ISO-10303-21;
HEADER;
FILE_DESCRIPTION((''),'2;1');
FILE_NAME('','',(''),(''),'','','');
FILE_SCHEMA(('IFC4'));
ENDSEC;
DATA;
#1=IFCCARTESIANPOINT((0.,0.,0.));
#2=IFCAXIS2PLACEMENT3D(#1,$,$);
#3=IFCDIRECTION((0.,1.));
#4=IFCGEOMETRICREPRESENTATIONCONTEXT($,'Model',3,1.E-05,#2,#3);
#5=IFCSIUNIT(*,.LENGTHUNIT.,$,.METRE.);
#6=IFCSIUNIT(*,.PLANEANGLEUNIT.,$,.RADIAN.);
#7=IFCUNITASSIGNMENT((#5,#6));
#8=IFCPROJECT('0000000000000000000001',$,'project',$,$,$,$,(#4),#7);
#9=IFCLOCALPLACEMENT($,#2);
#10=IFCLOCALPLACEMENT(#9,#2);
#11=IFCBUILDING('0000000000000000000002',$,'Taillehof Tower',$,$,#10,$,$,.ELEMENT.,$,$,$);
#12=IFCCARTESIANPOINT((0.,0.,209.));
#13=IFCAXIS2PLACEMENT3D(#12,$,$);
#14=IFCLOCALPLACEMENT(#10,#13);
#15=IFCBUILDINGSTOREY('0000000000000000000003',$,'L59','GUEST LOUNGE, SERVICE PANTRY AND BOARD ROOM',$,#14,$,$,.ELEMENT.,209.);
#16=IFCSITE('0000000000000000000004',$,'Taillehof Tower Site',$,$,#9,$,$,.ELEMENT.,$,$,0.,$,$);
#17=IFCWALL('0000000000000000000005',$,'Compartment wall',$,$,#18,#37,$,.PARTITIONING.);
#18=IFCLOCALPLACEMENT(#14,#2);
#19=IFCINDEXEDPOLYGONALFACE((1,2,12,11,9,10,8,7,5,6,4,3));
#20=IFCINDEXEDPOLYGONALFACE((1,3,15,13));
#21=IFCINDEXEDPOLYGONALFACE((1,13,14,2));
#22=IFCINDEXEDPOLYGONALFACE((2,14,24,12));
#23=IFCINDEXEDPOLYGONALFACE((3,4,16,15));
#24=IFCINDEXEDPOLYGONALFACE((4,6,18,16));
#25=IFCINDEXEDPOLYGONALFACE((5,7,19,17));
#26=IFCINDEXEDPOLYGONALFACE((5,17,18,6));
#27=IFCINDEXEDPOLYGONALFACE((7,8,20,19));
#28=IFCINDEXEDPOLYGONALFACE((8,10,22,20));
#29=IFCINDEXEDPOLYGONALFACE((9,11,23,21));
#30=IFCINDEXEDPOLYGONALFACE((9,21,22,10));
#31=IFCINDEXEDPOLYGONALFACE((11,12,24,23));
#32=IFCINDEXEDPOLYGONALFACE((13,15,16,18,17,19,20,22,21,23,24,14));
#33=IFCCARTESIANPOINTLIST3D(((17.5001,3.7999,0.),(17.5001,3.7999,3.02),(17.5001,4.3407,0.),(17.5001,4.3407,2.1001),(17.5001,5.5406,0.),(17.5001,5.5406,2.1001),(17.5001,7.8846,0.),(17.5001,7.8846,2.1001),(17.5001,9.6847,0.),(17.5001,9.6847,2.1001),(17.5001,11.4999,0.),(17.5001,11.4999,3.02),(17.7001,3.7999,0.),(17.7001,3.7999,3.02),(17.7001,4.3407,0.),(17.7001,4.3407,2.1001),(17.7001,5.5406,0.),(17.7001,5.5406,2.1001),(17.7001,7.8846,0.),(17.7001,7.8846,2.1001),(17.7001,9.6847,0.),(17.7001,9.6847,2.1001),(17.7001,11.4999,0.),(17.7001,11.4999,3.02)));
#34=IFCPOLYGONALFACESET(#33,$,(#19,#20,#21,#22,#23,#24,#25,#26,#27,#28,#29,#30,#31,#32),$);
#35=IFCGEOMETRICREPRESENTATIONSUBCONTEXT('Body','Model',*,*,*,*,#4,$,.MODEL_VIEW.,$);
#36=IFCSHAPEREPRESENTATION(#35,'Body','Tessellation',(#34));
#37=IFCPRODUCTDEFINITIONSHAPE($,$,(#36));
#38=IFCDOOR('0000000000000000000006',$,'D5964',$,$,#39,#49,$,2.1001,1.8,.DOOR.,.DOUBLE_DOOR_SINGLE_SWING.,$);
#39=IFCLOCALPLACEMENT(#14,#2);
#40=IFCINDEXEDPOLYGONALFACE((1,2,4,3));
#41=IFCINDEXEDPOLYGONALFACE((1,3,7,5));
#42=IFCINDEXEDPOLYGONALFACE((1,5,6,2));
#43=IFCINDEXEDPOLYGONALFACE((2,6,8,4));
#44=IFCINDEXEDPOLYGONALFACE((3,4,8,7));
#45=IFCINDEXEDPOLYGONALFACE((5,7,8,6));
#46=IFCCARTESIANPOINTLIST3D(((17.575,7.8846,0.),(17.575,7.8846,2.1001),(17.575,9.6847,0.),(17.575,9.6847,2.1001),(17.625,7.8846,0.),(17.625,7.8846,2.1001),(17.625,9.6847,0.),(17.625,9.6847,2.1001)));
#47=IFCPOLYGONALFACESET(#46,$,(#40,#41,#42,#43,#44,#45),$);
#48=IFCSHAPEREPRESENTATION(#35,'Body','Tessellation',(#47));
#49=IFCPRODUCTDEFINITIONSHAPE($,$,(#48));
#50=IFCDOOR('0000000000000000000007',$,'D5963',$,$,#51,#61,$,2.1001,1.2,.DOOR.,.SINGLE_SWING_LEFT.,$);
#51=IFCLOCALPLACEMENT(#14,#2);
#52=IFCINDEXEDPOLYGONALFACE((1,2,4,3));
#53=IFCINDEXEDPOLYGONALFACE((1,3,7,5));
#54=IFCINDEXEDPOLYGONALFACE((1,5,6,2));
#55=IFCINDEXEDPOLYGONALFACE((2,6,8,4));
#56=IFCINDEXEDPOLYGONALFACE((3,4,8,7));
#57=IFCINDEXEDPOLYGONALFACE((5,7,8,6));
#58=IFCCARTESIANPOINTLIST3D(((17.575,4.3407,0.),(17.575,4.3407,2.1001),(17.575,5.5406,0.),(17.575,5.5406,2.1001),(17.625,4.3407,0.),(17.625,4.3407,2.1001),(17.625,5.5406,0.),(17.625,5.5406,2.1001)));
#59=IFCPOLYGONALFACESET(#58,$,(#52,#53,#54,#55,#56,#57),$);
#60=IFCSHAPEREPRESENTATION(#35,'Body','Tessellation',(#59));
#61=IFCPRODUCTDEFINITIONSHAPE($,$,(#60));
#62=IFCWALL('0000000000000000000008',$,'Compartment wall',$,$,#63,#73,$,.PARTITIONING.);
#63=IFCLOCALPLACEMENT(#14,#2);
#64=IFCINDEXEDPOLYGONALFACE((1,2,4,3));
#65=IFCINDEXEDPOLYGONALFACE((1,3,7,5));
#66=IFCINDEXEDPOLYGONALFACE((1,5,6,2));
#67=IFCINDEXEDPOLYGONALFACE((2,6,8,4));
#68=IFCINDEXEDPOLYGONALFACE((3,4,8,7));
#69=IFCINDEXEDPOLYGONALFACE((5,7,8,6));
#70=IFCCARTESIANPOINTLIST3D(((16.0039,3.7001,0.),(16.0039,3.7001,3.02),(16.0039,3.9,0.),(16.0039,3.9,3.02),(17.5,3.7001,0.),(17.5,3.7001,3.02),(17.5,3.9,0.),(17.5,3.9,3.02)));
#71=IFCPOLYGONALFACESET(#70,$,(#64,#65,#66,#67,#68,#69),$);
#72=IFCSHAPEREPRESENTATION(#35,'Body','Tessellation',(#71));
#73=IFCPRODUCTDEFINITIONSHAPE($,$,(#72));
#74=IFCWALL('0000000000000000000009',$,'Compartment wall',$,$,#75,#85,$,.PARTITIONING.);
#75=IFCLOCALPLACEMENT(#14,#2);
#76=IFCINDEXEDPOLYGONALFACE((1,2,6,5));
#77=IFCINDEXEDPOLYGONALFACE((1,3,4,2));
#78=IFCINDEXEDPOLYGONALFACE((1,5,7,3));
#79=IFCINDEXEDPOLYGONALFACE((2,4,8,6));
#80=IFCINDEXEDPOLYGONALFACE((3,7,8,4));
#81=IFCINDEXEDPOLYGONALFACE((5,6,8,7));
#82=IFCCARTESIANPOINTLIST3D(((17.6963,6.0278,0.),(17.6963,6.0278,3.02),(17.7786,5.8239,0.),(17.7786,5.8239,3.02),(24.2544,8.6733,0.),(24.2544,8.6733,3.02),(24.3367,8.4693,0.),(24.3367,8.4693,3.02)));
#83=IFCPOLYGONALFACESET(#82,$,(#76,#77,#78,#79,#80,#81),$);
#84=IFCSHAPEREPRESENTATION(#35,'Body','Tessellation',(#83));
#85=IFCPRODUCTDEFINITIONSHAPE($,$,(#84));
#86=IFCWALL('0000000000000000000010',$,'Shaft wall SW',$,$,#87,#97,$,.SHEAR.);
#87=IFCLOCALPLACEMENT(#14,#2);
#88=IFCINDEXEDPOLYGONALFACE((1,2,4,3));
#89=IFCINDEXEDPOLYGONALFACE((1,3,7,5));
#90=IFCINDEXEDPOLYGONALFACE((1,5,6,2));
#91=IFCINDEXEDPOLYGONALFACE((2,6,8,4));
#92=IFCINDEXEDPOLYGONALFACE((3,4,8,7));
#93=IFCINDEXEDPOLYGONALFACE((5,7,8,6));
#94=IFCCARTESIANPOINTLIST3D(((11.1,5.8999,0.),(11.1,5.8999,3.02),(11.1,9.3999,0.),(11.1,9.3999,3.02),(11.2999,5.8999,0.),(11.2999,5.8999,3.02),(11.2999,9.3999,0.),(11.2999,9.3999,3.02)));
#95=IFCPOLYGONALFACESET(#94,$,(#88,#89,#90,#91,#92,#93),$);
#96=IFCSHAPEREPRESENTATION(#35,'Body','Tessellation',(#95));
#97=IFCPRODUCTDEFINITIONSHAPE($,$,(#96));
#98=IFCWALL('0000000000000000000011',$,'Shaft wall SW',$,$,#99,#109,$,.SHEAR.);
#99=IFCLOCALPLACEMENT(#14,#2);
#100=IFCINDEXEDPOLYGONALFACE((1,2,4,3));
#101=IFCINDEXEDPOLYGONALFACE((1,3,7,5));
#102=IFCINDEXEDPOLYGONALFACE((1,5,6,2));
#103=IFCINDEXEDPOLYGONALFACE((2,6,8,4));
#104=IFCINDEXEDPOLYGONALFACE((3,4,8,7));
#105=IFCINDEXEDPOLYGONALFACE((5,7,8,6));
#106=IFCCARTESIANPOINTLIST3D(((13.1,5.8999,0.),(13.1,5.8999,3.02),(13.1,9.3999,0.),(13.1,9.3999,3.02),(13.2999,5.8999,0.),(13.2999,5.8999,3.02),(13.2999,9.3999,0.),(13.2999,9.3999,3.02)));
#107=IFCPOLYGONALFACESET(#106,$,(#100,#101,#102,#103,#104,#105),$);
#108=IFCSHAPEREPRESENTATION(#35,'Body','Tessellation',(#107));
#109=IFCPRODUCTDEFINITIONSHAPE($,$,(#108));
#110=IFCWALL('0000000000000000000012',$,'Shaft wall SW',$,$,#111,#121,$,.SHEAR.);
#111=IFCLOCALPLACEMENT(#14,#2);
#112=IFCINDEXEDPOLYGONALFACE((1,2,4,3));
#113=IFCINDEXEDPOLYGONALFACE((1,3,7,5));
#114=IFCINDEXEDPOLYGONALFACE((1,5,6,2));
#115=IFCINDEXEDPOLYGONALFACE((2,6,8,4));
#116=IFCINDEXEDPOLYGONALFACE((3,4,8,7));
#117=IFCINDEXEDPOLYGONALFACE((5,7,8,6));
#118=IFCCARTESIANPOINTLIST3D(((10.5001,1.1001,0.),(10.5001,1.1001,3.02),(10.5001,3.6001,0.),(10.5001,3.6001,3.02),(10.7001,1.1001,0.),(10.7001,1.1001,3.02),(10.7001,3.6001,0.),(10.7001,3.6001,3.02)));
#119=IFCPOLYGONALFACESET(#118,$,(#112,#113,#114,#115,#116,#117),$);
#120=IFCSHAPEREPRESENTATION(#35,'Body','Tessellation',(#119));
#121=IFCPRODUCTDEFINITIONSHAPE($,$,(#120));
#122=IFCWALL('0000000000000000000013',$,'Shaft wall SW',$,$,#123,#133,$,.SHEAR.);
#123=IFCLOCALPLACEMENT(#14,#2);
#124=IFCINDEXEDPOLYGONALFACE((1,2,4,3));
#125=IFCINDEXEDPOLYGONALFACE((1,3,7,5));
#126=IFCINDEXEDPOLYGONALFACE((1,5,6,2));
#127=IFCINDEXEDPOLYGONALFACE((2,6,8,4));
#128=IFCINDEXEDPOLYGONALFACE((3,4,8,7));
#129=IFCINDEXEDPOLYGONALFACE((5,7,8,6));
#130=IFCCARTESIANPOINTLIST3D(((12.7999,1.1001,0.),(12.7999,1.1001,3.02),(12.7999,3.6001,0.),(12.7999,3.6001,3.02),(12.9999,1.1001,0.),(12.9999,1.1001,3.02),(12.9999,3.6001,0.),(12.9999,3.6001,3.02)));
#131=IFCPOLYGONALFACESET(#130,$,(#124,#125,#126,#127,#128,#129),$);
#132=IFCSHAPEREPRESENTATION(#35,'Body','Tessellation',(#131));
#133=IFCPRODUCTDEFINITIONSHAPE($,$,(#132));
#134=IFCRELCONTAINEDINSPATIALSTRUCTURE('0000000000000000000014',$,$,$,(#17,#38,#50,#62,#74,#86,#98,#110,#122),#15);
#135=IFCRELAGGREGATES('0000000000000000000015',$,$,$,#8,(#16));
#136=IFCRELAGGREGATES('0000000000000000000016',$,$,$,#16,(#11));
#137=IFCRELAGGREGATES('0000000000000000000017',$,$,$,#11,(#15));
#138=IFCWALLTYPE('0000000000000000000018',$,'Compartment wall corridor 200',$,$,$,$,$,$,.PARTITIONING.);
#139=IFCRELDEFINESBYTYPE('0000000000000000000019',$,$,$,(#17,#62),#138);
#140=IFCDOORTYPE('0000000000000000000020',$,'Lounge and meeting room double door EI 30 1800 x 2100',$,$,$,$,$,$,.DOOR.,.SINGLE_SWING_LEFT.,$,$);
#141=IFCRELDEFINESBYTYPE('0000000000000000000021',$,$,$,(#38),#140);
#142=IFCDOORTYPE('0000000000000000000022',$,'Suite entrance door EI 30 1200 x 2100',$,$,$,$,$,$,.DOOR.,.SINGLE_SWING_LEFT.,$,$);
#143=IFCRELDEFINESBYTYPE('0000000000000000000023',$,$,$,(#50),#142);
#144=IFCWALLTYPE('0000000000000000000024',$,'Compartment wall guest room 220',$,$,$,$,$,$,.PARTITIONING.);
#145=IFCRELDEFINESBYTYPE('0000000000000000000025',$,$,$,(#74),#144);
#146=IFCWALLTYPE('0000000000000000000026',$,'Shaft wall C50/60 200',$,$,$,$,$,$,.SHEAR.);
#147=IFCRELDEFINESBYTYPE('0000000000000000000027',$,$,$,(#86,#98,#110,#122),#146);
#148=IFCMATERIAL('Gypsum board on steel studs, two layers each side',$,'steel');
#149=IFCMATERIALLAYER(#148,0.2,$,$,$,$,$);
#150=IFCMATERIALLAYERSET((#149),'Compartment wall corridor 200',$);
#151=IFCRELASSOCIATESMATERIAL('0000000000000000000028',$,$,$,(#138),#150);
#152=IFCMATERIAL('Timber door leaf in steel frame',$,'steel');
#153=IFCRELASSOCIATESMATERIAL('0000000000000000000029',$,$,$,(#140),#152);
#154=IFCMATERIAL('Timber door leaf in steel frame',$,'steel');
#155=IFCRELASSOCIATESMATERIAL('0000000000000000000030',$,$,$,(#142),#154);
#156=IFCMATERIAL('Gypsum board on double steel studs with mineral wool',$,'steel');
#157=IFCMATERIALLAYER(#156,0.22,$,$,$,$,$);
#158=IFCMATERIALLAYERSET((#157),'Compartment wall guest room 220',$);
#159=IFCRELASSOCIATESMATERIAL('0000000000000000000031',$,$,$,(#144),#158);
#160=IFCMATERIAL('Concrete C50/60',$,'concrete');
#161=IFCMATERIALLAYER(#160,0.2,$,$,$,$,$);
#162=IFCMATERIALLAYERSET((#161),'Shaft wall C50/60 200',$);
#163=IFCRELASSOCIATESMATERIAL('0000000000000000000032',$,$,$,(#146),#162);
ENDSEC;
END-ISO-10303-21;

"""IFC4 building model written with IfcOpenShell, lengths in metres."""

from ifc_helpers import new_model, si_unit, direction, frame, frame_2d, origin, place, context, subcontext, project, spatial, rectangle, extrude, material, layer, layer_set, type_object, element, fill, save


model = new_model("IFC4")

# Units and contexts
model_context = context("Model", 3, precision=1e-05, world=origin(), true_north=direction((0.0, 1.0)))
body_context = subcontext(model_context, "Body", "Model", "MODEL_VIEW")
ifc_project = project(units=[si_unit("LENGTHUNIT", "METRE"), si_unit("PLANEANGLEUNIT", "RADIAN")], contexts=[model_context])

# Site, building, storey
site_placement = place(None, origin())
site = spatial("IfcSite", under=ifc_project, at=site_placement, Name="Taillehof Tower Site", CompositionType="ELEMENT", RefElevation=0.0)
building_placement = place(site_placement, origin())
building = spatial("IfcBuilding", under=site, at=building_placement, Name="Taillehof Tower", CompositionType="ELEMENT")
storey_placement = place(building_placement, frame((0.0, 0.0, 209.0)))
storey = spatial("IfcBuildingStorey", under=building, at=storey_placement, Name="L59", Description="GUEST LOUNGE, SERVICE PANTRY AND BOARD ROOM", CompositionType="ELEMENT", Elevation=209.0)

# Wall, openings, doors
ifc_material_1 = material(Name="Gypsum board on steel studs, two layers each side", Category="steel")
ifc_layer_1 = layer(ifc_material_1, 0.2)
ifc_layer_set_1 = layer_set([ifc_layer_1], Name="Compartment wall corridor 200")
wall_type_1 = type_object("IfcWallType", Name="Compartment wall corridor 200", PredefinedType="PARTITIONING", material=ifc_layer_set_1)
wall_1_placement = place(storey_placement, frame((17.6001, 11.5, 0.0), z_axis=(0.0, 0.0, 1.0), x_axis=(0.0, -1.0, 0.0)))
wall_1 = element("IfcWall", 1, at=wall_1_placement, inside=storey, type_object=wall_type_1, Name="Compartment wall", PredefinedType="PARTITIONING", context=body_context, shape_type="SweptSolid", body=[
    extrude(rectangle(XDim=7.7, YDim=0.2, at=frame_2d((3.8501, 0.0))), origin(), (0.0, 0.0, 1.0), 3.02),
])
opening_1_placement = place(wall_1_placement, frame((5.9592, 0.0, 0.0)))
opening_1 = element("IfcOpeningElement", 2, at=opening_1_placement, cuts=wall_1, PredefinedType="OPENING", context=body_context, shape_type="SweptSolid", body=[
    extrude(rectangle(XDim=1.2, YDim=2.1001, at=frame_2d((0.6001, 1.05))), frame((0.0, 0.1099, 0.0), z_axis=(0.0, -1.0, 0.0), x_axis=(1.0, 0.0, 0.0)), (0.0, 0.0, 1.0), 0.22),
])
opening_2_placement = place(wall_1_placement, frame((1.8154, 0.0, 0.0)))
opening_2 = element("IfcOpeningElement", 3, at=opening_2_placement, cuts=wall_1, PredefinedType="OPENING", context=body_context, shape_type="SweptSolid", body=[
    extrude(rectangle(XDim=1.8, YDim=2.1001, at=frame_2d((0.8999, 1.05))), frame((0.0, 0.1099, 0.0), z_axis=(0.0, -1.0, 0.0), x_axis=(1.0, 0.0, 0.0)), (0.0, 0.0, 1.0), 0.22),
])
ifc_material_2 = material(Name="Timber door leaf in steel frame", Category="steel")
door_type_1 = type_object("IfcDoorType", Name="Lounge and meeting room double door EI 30 1800 x 2100", OperationType="SINGLE_SWING_LEFT", PredefinedType="DOOR", material=ifc_material_2)
door_1_placement = place(opening_2_placement, origin())
door_1 = element("IfcDoor", 4, at=door_1_placement, inside=storey, type_object=door_type_1, Name="D5964", OperationType="DOUBLE_DOOR_SINGLE_SWING", OverallHeight=2.1001, OverallWidth=1.8, PredefinedType="DOOR", context=body_context, shape_type="SweptSolid", body=[
    extrude(rectangle(XDim=1.8, YDim=2.1001, at=frame_2d((0.8999, 1.05))), frame((0.0, 0.0249, 0.0), z_axis=(0.0, -1.0, 0.0), x_axis=(1.0, 0.0, 0.0)), (0.0, 0.0, 1.0), 0.05),
])
fill(opening_2, door_1)
ifc_material_3 = material(Name="Timber door leaf in steel frame", Category="steel")
door_type_2 = type_object("IfcDoorType", Name="Suite entrance door EI 30 1200 x 2100", OperationType="SINGLE_SWING_LEFT", PredefinedType="DOOR", material=ifc_material_3)
door_2_placement = place(opening_1_placement, origin())
door_2 = element("IfcDoor", 5, at=door_2_placement, inside=storey, type_object=door_type_2, Name="D5963", OperationType="SINGLE_SWING_LEFT", OverallHeight=2.1001, OverallWidth=1.2, PredefinedType="DOOR", context=body_context, shape_type="SweptSolid", body=[
    extrude(rectangle(XDim=1.2, YDim=2.1001, at=frame_2d((0.6001, 1.05))), frame((0.0, 0.0249, 0.0), z_axis=(0.0, -1.0, 0.0), x_axis=(1.0, 0.0, 0.0)), (0.0, 0.0, 1.0), 0.05),
])
fill(opening_1, door_2)

# Walls
wall_2_placement = place(storey_placement, frame((17.5, 3.8, 0.0), z_axis=(0.0, 0.0, 1.0), x_axis=(-1.0, 0.0, 0.0)))
element("IfcWall", 6, at=wall_2_placement, inside=storey, type_object=wall_type_1, Name="Compartment wall", PredefinedType="PARTITIONING", context=body_context, shape_type="SweptSolid", body=[
    extrude(rectangle(XDim=1.4961, YDim=0.2, at=frame_2d((0.748, 0.0))), origin(), (0.0, 0.0, 1.0), 3.02),
])
ifc_material_4 = material(Name="Gypsum board on double steel studs with mineral wool", Category="steel")
ifc_layer_2 = layer(ifc_material_4, 0.22)
ifc_layer_set_2 = layer_set([ifc_layer_2], Name="Compartment wall guest room 220")
wall_type_2 = type_object("IfcWallType", Name="Compartment wall guest room 220", PredefinedType="PARTITIONING", material=ifc_layer_set_2)
wall_3_placement = place(storey_placement, frame((24.2954, 8.5713, 0.0), z_axis=(0.0, 0.0, 1.0), x_axis=(-0.927387, -0.374103, 0.0)))
element("IfcWall", 7, at=wall_3_placement, inside=storey, type_object=wall_type_2, Name="Compartment wall", PredefinedType="PARTITIONING", context=body_context, shape_type="SweptSolid", body=[
    extrude(rectangle(XDim=7.0715, YDim=0.22, at=frame_2d((3.5356, 0.0))), origin(), (0.0, 0.0, 1.0), 3.02),
])
ifc_material_5 = material(Name="Concrete C50/60", Category="concrete")
ifc_layer_3 = layer(ifc_material_5, 0.2)
ifc_layer_set_3 = layer_set([ifc_layer_3], Name="Shaft wall C50/60 200")
wall_type_3 = type_object("IfcWallType", Name="Shaft wall C50/60 200", PredefinedType="SHEAR", material=ifc_layer_set_3)
for number, where, z_axis, x_axis, name in (
    (8, (11.2, 5.8999, 0.0), (0.0, 0.0, 1.0), (0.0, 1.0, 0.0), "Shaft wall SW"),
    (9, (13.2, 5.8999, 0.0), (0.0, 0.0, 1.0), (0.0, 1.0, 0.0), "Shaft wall SW"),
):
    element("IfcWall", number, at=place(storey_placement, frame(where, z_axis=z_axis, x_axis=x_axis)), inside=storey, type_object=wall_type_3, Name=name, PredefinedType="SHEAR", context=body_context, shape_type="SweptSolid", body=[
        extrude(rectangle(XDim=3.5, YDim=0.2, at=frame_2d((1.75, 0.0))), origin(), (0.0, 0.0, 1.0), 3.02),
    ])
for number, where, z_axis, x_axis, name in (
    (10, (10.6001, 1.1001, 0.0), (0.0, 0.0, 1.0), (0.0, 1.0, 0.0), "Shaft wall SW"),
    (11, (12.8999, 1.1001, 0.0), (0.0, 0.0, 1.0), (0.0, 1.0, 0.0), "Shaft wall SW"),
):
    element("IfcWall", number, at=place(storey_placement, frame(where, z_axis=z_axis, x_axis=x_axis)), inside=storey, type_object=wall_type_3, Name=name, PredefinedType="SHEAR", context=body_context, shape_type="SweptSolid", body=[
        extrude(rectangle(XDim=2.5, YDim=0.2, at=frame_2d((1.25, 0.0))), origin(), (0.0, 0.0, 1.0), 3.02),
    ])

save(model, "model.ifc")
